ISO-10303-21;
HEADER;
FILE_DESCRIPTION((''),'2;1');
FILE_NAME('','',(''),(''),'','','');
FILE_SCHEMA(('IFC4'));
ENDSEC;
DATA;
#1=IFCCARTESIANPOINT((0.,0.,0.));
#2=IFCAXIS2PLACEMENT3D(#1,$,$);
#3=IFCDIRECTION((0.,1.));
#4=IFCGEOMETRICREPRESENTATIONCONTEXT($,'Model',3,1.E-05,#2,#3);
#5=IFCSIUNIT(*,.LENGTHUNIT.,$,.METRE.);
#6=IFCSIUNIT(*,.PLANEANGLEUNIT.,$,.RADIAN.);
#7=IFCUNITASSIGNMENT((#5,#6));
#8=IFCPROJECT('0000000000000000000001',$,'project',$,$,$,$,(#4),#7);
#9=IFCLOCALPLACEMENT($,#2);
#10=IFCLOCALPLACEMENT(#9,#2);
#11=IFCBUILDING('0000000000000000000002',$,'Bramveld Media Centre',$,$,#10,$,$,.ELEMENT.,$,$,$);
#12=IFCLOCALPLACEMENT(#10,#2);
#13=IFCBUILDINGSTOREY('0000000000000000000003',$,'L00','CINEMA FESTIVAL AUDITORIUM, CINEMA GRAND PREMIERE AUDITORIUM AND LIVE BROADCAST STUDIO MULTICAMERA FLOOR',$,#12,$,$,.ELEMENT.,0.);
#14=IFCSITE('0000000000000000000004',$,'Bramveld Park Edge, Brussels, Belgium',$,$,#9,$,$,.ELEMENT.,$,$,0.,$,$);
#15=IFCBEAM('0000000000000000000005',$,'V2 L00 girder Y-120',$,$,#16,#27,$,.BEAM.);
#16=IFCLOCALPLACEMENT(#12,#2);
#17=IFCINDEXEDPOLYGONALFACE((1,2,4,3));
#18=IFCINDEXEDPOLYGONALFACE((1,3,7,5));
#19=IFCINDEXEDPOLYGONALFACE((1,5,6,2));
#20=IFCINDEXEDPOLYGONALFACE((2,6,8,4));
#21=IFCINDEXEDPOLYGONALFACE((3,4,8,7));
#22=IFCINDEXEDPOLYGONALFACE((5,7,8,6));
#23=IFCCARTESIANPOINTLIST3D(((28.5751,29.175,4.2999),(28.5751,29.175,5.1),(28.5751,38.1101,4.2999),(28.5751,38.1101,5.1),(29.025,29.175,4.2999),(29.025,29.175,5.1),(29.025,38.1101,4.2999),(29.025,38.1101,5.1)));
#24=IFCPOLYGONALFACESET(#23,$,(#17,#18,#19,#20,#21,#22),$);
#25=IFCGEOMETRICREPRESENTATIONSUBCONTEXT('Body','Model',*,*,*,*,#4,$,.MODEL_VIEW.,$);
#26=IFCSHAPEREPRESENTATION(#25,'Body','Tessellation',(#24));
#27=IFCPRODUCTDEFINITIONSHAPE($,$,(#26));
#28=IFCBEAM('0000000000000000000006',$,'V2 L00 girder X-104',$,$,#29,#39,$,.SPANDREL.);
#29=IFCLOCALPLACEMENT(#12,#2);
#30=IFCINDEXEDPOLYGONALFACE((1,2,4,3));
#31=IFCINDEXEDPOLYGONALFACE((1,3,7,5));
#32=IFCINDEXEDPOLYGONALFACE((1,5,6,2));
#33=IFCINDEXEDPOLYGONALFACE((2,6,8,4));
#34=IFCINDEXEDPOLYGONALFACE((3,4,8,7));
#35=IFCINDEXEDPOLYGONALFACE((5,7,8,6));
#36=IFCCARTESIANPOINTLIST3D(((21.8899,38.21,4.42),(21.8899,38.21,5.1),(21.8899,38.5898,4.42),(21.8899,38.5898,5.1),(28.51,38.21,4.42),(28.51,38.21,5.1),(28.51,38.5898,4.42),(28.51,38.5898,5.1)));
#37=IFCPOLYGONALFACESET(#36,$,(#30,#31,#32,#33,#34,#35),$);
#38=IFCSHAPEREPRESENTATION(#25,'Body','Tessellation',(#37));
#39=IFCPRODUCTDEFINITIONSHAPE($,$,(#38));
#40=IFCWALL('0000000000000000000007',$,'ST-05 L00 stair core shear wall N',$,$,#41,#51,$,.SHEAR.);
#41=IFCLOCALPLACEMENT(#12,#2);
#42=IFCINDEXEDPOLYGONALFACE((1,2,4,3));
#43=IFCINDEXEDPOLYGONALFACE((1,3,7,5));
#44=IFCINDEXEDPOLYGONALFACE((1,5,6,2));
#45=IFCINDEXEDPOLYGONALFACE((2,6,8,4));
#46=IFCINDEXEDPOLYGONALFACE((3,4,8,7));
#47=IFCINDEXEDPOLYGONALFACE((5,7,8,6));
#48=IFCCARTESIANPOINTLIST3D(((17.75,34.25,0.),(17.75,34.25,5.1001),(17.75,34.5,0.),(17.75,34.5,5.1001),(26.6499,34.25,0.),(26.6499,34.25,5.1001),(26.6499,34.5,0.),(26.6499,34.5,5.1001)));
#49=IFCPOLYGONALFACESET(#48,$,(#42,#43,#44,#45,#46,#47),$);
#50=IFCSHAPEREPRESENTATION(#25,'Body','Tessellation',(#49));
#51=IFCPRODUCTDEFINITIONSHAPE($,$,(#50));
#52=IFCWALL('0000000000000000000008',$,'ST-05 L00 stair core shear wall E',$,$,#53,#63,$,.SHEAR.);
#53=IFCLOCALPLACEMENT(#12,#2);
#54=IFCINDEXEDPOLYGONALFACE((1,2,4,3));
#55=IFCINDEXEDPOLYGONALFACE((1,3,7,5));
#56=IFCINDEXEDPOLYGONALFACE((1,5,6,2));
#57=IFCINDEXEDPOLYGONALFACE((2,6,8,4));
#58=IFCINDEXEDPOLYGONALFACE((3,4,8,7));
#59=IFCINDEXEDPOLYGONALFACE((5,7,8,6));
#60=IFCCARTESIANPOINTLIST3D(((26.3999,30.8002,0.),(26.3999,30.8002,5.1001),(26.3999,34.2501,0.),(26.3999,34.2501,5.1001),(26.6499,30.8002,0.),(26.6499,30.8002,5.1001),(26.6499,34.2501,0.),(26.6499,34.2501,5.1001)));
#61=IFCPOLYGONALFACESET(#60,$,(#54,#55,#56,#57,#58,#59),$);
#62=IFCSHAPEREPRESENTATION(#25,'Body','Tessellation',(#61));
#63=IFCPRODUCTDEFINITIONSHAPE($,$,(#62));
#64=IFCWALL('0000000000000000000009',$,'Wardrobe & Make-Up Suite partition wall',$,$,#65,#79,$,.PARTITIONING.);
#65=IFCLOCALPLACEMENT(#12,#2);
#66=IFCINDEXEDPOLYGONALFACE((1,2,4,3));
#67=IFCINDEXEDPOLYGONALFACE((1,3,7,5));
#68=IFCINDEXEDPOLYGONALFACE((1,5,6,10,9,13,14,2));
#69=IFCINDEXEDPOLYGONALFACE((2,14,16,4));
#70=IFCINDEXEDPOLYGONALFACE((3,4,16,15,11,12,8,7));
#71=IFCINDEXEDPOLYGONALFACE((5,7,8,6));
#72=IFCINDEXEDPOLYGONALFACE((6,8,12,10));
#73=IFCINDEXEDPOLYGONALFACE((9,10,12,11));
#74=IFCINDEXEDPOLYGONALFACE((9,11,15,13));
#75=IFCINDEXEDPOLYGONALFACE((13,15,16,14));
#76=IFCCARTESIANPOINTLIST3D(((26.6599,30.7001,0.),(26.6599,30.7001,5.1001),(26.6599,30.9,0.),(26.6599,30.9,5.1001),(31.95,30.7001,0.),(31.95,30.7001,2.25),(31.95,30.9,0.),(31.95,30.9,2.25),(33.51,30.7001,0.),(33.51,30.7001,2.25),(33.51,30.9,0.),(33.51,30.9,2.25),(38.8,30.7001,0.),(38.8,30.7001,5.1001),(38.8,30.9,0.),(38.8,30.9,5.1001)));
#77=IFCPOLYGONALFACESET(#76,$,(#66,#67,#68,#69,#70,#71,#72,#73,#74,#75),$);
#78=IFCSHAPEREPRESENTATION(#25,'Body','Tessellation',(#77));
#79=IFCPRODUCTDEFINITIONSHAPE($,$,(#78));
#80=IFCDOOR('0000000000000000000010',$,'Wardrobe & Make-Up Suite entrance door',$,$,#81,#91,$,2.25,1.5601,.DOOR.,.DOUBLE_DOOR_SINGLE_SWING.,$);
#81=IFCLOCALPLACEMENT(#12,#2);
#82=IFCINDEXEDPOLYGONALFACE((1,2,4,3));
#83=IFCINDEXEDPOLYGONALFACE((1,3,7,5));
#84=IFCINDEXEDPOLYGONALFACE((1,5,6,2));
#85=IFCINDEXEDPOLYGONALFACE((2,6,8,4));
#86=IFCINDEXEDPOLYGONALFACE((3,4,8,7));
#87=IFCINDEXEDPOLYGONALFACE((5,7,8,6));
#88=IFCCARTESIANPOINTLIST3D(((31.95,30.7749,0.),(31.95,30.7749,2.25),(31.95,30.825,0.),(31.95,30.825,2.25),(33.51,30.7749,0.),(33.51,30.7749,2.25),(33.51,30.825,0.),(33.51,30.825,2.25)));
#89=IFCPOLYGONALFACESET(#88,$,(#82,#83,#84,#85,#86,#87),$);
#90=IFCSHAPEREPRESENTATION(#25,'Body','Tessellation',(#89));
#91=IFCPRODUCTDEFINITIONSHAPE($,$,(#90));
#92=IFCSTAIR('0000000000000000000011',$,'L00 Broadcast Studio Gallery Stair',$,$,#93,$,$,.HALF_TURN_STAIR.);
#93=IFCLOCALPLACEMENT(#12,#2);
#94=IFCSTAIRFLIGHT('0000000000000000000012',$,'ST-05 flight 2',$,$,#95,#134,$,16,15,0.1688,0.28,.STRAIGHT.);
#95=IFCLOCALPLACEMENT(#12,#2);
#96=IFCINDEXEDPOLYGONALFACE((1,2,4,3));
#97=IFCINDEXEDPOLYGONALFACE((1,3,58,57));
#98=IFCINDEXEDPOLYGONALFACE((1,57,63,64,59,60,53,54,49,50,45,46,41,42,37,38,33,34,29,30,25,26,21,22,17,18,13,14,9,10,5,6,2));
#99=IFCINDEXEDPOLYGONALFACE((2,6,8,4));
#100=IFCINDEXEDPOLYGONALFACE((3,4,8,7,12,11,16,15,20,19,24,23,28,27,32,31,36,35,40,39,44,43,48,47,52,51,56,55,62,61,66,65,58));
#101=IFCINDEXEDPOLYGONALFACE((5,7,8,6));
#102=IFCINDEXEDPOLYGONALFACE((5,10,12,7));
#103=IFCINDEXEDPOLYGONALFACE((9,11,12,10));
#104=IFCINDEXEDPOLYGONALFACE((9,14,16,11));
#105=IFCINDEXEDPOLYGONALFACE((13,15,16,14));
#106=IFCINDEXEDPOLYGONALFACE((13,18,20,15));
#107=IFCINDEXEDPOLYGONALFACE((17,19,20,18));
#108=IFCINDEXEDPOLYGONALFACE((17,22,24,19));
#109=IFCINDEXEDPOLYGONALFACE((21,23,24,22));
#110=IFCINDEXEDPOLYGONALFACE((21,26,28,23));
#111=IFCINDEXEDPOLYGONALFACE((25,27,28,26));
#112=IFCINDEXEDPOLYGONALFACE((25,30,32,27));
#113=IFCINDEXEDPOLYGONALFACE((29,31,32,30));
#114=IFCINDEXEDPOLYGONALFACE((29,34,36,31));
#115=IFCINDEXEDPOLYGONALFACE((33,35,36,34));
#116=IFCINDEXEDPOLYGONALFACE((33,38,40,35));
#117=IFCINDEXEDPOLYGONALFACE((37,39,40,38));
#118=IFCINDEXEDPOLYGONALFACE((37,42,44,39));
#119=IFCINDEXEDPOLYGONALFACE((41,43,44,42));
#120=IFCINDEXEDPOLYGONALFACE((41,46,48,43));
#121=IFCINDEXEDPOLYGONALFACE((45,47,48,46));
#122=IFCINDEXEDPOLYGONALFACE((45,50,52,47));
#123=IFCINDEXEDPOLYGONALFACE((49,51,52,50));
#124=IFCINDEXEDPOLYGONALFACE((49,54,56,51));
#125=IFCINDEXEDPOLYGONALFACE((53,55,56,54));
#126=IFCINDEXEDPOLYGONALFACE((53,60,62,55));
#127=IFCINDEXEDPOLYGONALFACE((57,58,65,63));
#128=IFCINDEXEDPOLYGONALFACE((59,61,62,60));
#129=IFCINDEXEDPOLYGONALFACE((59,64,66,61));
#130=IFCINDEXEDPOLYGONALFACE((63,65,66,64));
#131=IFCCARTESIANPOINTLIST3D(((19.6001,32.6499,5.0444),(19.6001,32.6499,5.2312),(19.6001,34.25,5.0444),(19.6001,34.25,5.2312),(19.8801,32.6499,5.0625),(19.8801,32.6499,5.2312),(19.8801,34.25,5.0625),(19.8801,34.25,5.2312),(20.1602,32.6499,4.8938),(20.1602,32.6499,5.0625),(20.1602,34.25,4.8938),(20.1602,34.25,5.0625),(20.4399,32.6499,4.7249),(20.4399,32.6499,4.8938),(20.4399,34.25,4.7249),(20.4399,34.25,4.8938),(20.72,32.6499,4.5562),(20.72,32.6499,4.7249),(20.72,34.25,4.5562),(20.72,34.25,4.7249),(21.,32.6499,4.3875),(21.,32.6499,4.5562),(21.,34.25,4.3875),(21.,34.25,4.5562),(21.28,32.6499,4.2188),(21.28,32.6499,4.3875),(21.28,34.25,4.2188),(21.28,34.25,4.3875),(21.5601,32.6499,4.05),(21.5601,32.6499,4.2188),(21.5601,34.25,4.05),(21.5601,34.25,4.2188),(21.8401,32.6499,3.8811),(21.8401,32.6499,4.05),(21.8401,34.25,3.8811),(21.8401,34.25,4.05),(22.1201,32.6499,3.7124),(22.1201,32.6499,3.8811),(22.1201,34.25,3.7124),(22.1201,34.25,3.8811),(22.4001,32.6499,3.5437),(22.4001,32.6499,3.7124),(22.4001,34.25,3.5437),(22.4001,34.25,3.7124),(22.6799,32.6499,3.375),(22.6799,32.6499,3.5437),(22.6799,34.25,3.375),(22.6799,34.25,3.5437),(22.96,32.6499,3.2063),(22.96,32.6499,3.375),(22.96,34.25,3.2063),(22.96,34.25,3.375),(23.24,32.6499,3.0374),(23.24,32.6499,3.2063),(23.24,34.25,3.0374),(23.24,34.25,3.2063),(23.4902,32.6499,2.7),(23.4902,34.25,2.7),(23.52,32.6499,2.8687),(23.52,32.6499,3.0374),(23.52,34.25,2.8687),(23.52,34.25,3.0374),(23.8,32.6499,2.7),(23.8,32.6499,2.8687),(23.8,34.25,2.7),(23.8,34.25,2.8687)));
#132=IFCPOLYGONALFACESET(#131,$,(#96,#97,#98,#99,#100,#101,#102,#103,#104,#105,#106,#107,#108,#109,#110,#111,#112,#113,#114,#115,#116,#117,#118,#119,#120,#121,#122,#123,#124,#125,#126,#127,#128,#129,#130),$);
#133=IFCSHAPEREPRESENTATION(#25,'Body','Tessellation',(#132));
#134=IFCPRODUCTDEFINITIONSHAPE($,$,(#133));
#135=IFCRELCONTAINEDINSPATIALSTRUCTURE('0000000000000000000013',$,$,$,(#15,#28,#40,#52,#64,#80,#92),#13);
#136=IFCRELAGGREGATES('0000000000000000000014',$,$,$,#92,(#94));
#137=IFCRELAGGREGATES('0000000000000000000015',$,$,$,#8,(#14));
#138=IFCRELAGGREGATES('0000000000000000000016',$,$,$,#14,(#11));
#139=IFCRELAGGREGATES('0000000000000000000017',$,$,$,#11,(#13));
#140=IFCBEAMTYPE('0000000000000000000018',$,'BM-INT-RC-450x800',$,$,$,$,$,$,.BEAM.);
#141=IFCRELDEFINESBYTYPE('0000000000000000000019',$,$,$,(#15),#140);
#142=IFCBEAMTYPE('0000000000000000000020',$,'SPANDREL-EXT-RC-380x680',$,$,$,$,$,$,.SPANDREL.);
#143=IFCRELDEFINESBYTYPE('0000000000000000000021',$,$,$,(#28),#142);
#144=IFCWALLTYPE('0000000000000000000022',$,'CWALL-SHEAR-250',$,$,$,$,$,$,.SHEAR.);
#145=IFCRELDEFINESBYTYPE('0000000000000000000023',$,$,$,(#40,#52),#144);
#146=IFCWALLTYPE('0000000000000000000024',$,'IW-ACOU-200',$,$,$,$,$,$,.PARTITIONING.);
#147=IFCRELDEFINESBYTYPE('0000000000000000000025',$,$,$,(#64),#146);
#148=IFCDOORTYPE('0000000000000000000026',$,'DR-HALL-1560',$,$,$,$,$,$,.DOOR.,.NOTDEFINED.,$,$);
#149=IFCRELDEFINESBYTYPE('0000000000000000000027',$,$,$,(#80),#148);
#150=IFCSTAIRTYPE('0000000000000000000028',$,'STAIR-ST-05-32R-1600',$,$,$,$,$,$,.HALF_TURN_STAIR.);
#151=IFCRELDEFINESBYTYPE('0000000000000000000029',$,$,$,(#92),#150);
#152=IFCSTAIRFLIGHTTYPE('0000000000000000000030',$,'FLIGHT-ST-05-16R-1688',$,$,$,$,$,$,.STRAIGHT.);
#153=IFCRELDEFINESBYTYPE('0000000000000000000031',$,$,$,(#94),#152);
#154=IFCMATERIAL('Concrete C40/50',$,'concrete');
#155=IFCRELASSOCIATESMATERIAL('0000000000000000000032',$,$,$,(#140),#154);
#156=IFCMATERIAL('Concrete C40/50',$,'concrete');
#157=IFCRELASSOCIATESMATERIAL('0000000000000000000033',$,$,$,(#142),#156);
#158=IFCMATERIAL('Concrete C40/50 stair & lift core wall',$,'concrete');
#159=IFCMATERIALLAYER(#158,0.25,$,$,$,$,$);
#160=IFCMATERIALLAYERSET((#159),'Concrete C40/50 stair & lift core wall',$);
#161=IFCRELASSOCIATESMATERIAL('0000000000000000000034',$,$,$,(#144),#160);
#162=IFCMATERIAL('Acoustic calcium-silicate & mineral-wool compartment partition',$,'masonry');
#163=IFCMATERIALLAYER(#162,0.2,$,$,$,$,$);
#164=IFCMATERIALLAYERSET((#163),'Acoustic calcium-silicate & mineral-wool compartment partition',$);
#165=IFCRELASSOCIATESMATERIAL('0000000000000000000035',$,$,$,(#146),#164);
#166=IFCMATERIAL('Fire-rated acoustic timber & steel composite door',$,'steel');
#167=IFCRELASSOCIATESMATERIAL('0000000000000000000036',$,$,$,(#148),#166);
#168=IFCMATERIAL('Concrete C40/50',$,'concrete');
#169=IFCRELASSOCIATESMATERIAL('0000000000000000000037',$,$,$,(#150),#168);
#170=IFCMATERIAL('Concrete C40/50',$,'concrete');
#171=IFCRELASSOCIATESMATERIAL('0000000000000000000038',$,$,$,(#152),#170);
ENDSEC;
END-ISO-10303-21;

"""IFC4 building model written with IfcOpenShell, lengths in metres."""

from ifc_helpers import new_model, si_unit, direction, frame, frame_2d, origin, origin_2d, place, context, subcontext, project, spatial, polyline, rectangle, outline, extrude, material, layer, layer_set, material_profile, profile_set, type_object, element, fill, aggregate, save


model = new_model("IFC4")

# Units and contexts
model_context = context("Model", 3, precision=1e-05, world=origin(), true_north=direction((0.0, 1.0)))
body_context = subcontext(model_context, "Body", "Model", "MODEL_VIEW")
ifc_project = project(units=[si_unit("LENGTHUNIT", "METRE"), si_unit("PLANEANGLEUNIT", "RADIAN")], contexts=[model_context])

# Site, building, storey
site_placement = place(None, origin())
site = spatial("IfcSite", under=ifc_project, at=site_placement, Name="Bramveld Park Edge, Brussels, Belgium", CompositionType="ELEMENT", RefElevation=0.0)
building_placement = place(site_placement, origin())
building = spatial("IfcBuilding", under=site, at=building_placement, Name="Bramveld Media Centre", CompositionType="ELEMENT")
storey_placement = place(building_placement, origin())
storey = spatial("IfcBuildingStorey", under=building, at=storey_placement, Name="L00", Description="CINEMA FESTIVAL AUDITORIUM, CINEMA GRAND PREMIERE AUDITORIUM AND LIVE BROADCAST STUDIO MULTICAMERA FLOOR", CompositionType="ELEMENT", Elevation=0.0)

# Beams
ifc_material_1 = material(Name="Concrete C40/50", Category="concrete")
ifc_material_profile_1 = material_profile(ifc_material_1, rectangle(XDim=0.45, YDim=0.8, at=origin_2d()), Name="RC 450x800")
ifc_profile_set_1 = profile_set([ifc_material_profile_1], Name="Concrete C40/50")
beam_type_1 = type_object("IfcBeamType", Name="BM-INT-RC-450x800", PredefinedType="BEAM", material=ifc_profile_set_1)
beam_1_placement = place(storey_placement, frame((28.8, 29.175, 4.7), z_axis=(0.0, 1.0, 0.0), x_axis=(-1.0, 0.0, 0.0)))
element("IfcBeam", 1, at=beam_1_placement, inside=storey, type_object=beam_type_1, Name="V2 L00 girder Y-120", PredefinedType="BEAM", context=body_context, shape_type="SweptSolid", body=[
    extrude(rectangle(XDim=0.45, YDim=0.8, at=origin_2d()), origin(), (0.0, 0.0, 1.0), 8.9351),
])
ifc_material_2 = material(Name="Concrete C40/50", Category="concrete")
ifc_material_profile_2 = material_profile(ifc_material_2, rectangle(XDim=0.3799, YDim=0.6799, at=origin_2d()), Name="RC 380x680")
ifc_profile_set_2 = profile_set([ifc_material_profile_2], Name="Concrete C40/50")
beam_type_2 = type_object("IfcBeamType", Name="SPANDREL-EXT-RC-380x680", PredefinedType="SPANDREL", material=ifc_profile_set_2)
beam_2_placement = place(storey_placement, frame((21.8899, 38.3999, 4.76), z_axis=(1.0, 0.0, 0.0), x_axis=(0.0, 1.0, 0.0)))
element("IfcBeam", 2, at=beam_2_placement, inside=storey, type_object=beam_type_2, Name="V2 L00 girder X-104", PredefinedType="SPANDREL", context=body_context, shape_type="SweptSolid", body=[
    extrude(rectangle(XDim=0.3799, YDim=0.6799, at=origin_2d()), origin(), (0.0, 0.0, 1.0), 6.6201),
])

# Walls
ifc_material_3 = material(Name="Concrete C40/50 stair & lift core wall", Category="concrete")
ifc_layer_1 = layer(ifc_material_3, 0.25)
ifc_layer_set_1 = layer_set([ifc_layer_1], Name="Concrete C40/50 stair & lift core wall")
wall_type_1 = type_object("IfcWallType", Name="CWALL-SHEAR-250", PredefinedType="SHEAR", material=ifc_layer_set_1)
wall_1_placement = place(storey_placement, frame((26.6499, 34.375, 0.0), z_axis=(0.0, 0.0, 1.0), x_axis=(-1.0, 0.0, 0.0)))
element("IfcWall", 3, at=wall_1_placement, inside=storey, type_object=wall_type_1, Name="ST-05 L00 stair core shear wall N", PredefinedType="SHEAR", context=body_context, shape_type="SweptSolid", body=[
    extrude(rectangle(XDim=8.8999, YDim=0.25, at=frame_2d((4.45, 0.0))), origin(), (0.0, 0.0, 1.0), 5.1001),
])
wall_2_placement = place(storey_placement, frame((26.5249, 30.8, 0.0), z_axis=(0.0, 0.0, 1.0), x_axis=(0.0, 1.0, 0.0)))
element("IfcWall", 4, at=wall_2_placement, inside=storey, type_object=wall_type_1, Name="ST-05 L00 stair core shear wall E", PredefinedType="SHEAR", context=body_context, shape_type="SweptSolid", body=[
    extrude(rectangle(XDim=3.45, YDim=0.25, at=frame_2d((1.7251, 0.0))), origin(), (0.0, 0.0, 1.0), 5.1001),
])

# Wall, opening, door
ifc_material_4 = material(Name="Acoustic calcium-silicate & mineral-wool compartment partition", Category="masonry")
ifc_layer_2 = layer(ifc_material_4, 0.2)
ifc_layer_set_2 = layer_set([ifc_layer_2], Name="Acoustic calcium-silicate & mineral-wool compartment partition")
wall_type_2 = type_object("IfcWallType", Name="IW-ACOU-200", PredefinedType="PARTITIONING", material=ifc_layer_set_2)
wall_3_placement = place(storey_placement, frame((26.6599, 30.8, 0.0), z_axis=(0.0, 0.0, 1.0), x_axis=(1.0, 0.0, 0.0)))
wall_3 = element("IfcWall", 5, at=wall_3_placement, inside=storey, type_object=wall_type_2, Name="Wardrobe & Make-Up Suite partition wall", PredefinedType="PARTITIONING", context=body_context, shape_type="SweptSolid", body=[
    extrude(rectangle(XDim=12.1401, YDim=0.2, at=frame_2d((6.0701, 0.0))), origin(), (0.0, 0.0, 1.0), 5.1001),
])
opening_placement = place(wall_3_placement, frame((5.29, 0.0, 0.0)))
opening = element("IfcOpeningElement", 6, at=opening_placement, cuts=wall_3, PredefinedType="OPENING", context=body_context, shape_type="SweptSolid", body=[
    extrude(rectangle(XDim=1.5601, YDim=2.25, at=frame_2d((0.78, 1.125))), frame((0.0, 0.1118, 0.0), z_axis=(0.0, -1.0, 0.0), x_axis=(1.0, 0.0, 0.0)), (0.0, 0.0, 1.0), 0.2239),
])
ifc_material_5 = material(Name="Fire-rated acoustic timber & steel composite door", Category="steel")
door_type = type_object("IfcDoorType", Name="DR-HALL-1560", OperationType="NOTDEFINED", PredefinedType="DOOR", material=ifc_material_5)
door_placement = place(opening_placement, origin())
door = element("IfcDoor", 7, at=door_placement, inside=storey, type_object=door_type, Name="Wardrobe & Make-Up Suite entrance door", OperationType="DOUBLE_DOOR_SINGLE_SWING", OverallHeight=2.25, OverallWidth=1.5601, PredefinedType="DOOR", context=body_context, shape_type="SweptSolid", body=[
    extrude(rectangle(XDim=1.5601, YDim=2.25, at=frame_2d((0.78, 1.125))), frame((0.0, 0.0249, 0.0), z_axis=(0.0, -1.0, 0.0), x_axis=(1.0, 0.0, 0.0)), (0.0, 0.0, 1.0), 0.05),
])
fill(opening, door)

# Stair, stair flight
ifc_material_6 = material(Name="Concrete C40/50", Category="concrete")
stair_type = type_object("IfcStairType", Name="STAIR-ST-05-32R-1600", PredefinedType="HALF_TURN_STAIR", material=ifc_material_6)
stair_placement = place(storey_placement, origin())
stair = element("IfcStair", 8, at=stair_placement, inside=storey, type_object=stair_type, Name="L00 Broadcast Studio Gallery Stair", PredefinedType="HALF_TURN_STAIR")
ifc_material_7 = material(Name="Concrete C40/50", Category="concrete")
stair_flight_type = type_object("IfcStairFlightType", Name="FLIGHT-ST-05-16R-1688", PredefinedType="STRAIGHT", material=ifc_material_7)
stair_flight_placement = place(storey_placement, frame((23.8, 33.45, 2.7), z_axis=(0.0, 0.0, 1.0), x_axis=(-1.0, 0.0, 0.0)))
stair_flight = element("IfcStairFlight", 9, at=stair_flight_placement, type_object=stair_flight_type, Name="ST-05 flight 2", NumberOfRisers=16, NumberOfTreads=15, PredefinedType="STRAIGHT", RiserHeight=0.1688, TreadLength=0.28, context=body_context, shape_type="SweptSolid", body=[
    extrude(outline(polyline([(0.0, 0.0), (0.0, 0.1687), (0.28, 0.1687), (0.28, 0.3374), (0.5601, 0.3374), (0.5601, 0.5063), (0.8401, 0.5063), (0.8401, 0.675), (1.1201, 0.675), (1.1201, 0.8438), (1.3999, 0.8438), (1.3999, 1.0125), (1.6799, 1.0125), (1.6799, 1.1812), (1.96, 1.1812), (1.96, 1.3501), (2.24, 1.3501), (2.24, 1.5188), (2.52, 1.5188), (2.52, 1.6875), (2.8, 1.6875), (2.8, 1.8562), (3.0801, 1.8562), (3.0801, 2.0249), (3.3601, 2.0249), (3.3601, 2.1938), (3.6399, 2.1938), (3.6399, 2.3625), (3.9199, 2.3625), (3.9199, 2.5312), (4.2, 2.5312), (4.2, 2.7), (4.2, 2.3445), (0.3098, 0.0), (0.0, 0.0)])), frame((0.0, 0.8, 0.0), z_axis=(0.0, -1.0, 0.0), x_axis=(1.0, 0.0, 0.0)), (0.0, 0.0, 1.0), 1.6001),
])
aggregate(stair, [stair_flight])

save(model, "model.ifc")
